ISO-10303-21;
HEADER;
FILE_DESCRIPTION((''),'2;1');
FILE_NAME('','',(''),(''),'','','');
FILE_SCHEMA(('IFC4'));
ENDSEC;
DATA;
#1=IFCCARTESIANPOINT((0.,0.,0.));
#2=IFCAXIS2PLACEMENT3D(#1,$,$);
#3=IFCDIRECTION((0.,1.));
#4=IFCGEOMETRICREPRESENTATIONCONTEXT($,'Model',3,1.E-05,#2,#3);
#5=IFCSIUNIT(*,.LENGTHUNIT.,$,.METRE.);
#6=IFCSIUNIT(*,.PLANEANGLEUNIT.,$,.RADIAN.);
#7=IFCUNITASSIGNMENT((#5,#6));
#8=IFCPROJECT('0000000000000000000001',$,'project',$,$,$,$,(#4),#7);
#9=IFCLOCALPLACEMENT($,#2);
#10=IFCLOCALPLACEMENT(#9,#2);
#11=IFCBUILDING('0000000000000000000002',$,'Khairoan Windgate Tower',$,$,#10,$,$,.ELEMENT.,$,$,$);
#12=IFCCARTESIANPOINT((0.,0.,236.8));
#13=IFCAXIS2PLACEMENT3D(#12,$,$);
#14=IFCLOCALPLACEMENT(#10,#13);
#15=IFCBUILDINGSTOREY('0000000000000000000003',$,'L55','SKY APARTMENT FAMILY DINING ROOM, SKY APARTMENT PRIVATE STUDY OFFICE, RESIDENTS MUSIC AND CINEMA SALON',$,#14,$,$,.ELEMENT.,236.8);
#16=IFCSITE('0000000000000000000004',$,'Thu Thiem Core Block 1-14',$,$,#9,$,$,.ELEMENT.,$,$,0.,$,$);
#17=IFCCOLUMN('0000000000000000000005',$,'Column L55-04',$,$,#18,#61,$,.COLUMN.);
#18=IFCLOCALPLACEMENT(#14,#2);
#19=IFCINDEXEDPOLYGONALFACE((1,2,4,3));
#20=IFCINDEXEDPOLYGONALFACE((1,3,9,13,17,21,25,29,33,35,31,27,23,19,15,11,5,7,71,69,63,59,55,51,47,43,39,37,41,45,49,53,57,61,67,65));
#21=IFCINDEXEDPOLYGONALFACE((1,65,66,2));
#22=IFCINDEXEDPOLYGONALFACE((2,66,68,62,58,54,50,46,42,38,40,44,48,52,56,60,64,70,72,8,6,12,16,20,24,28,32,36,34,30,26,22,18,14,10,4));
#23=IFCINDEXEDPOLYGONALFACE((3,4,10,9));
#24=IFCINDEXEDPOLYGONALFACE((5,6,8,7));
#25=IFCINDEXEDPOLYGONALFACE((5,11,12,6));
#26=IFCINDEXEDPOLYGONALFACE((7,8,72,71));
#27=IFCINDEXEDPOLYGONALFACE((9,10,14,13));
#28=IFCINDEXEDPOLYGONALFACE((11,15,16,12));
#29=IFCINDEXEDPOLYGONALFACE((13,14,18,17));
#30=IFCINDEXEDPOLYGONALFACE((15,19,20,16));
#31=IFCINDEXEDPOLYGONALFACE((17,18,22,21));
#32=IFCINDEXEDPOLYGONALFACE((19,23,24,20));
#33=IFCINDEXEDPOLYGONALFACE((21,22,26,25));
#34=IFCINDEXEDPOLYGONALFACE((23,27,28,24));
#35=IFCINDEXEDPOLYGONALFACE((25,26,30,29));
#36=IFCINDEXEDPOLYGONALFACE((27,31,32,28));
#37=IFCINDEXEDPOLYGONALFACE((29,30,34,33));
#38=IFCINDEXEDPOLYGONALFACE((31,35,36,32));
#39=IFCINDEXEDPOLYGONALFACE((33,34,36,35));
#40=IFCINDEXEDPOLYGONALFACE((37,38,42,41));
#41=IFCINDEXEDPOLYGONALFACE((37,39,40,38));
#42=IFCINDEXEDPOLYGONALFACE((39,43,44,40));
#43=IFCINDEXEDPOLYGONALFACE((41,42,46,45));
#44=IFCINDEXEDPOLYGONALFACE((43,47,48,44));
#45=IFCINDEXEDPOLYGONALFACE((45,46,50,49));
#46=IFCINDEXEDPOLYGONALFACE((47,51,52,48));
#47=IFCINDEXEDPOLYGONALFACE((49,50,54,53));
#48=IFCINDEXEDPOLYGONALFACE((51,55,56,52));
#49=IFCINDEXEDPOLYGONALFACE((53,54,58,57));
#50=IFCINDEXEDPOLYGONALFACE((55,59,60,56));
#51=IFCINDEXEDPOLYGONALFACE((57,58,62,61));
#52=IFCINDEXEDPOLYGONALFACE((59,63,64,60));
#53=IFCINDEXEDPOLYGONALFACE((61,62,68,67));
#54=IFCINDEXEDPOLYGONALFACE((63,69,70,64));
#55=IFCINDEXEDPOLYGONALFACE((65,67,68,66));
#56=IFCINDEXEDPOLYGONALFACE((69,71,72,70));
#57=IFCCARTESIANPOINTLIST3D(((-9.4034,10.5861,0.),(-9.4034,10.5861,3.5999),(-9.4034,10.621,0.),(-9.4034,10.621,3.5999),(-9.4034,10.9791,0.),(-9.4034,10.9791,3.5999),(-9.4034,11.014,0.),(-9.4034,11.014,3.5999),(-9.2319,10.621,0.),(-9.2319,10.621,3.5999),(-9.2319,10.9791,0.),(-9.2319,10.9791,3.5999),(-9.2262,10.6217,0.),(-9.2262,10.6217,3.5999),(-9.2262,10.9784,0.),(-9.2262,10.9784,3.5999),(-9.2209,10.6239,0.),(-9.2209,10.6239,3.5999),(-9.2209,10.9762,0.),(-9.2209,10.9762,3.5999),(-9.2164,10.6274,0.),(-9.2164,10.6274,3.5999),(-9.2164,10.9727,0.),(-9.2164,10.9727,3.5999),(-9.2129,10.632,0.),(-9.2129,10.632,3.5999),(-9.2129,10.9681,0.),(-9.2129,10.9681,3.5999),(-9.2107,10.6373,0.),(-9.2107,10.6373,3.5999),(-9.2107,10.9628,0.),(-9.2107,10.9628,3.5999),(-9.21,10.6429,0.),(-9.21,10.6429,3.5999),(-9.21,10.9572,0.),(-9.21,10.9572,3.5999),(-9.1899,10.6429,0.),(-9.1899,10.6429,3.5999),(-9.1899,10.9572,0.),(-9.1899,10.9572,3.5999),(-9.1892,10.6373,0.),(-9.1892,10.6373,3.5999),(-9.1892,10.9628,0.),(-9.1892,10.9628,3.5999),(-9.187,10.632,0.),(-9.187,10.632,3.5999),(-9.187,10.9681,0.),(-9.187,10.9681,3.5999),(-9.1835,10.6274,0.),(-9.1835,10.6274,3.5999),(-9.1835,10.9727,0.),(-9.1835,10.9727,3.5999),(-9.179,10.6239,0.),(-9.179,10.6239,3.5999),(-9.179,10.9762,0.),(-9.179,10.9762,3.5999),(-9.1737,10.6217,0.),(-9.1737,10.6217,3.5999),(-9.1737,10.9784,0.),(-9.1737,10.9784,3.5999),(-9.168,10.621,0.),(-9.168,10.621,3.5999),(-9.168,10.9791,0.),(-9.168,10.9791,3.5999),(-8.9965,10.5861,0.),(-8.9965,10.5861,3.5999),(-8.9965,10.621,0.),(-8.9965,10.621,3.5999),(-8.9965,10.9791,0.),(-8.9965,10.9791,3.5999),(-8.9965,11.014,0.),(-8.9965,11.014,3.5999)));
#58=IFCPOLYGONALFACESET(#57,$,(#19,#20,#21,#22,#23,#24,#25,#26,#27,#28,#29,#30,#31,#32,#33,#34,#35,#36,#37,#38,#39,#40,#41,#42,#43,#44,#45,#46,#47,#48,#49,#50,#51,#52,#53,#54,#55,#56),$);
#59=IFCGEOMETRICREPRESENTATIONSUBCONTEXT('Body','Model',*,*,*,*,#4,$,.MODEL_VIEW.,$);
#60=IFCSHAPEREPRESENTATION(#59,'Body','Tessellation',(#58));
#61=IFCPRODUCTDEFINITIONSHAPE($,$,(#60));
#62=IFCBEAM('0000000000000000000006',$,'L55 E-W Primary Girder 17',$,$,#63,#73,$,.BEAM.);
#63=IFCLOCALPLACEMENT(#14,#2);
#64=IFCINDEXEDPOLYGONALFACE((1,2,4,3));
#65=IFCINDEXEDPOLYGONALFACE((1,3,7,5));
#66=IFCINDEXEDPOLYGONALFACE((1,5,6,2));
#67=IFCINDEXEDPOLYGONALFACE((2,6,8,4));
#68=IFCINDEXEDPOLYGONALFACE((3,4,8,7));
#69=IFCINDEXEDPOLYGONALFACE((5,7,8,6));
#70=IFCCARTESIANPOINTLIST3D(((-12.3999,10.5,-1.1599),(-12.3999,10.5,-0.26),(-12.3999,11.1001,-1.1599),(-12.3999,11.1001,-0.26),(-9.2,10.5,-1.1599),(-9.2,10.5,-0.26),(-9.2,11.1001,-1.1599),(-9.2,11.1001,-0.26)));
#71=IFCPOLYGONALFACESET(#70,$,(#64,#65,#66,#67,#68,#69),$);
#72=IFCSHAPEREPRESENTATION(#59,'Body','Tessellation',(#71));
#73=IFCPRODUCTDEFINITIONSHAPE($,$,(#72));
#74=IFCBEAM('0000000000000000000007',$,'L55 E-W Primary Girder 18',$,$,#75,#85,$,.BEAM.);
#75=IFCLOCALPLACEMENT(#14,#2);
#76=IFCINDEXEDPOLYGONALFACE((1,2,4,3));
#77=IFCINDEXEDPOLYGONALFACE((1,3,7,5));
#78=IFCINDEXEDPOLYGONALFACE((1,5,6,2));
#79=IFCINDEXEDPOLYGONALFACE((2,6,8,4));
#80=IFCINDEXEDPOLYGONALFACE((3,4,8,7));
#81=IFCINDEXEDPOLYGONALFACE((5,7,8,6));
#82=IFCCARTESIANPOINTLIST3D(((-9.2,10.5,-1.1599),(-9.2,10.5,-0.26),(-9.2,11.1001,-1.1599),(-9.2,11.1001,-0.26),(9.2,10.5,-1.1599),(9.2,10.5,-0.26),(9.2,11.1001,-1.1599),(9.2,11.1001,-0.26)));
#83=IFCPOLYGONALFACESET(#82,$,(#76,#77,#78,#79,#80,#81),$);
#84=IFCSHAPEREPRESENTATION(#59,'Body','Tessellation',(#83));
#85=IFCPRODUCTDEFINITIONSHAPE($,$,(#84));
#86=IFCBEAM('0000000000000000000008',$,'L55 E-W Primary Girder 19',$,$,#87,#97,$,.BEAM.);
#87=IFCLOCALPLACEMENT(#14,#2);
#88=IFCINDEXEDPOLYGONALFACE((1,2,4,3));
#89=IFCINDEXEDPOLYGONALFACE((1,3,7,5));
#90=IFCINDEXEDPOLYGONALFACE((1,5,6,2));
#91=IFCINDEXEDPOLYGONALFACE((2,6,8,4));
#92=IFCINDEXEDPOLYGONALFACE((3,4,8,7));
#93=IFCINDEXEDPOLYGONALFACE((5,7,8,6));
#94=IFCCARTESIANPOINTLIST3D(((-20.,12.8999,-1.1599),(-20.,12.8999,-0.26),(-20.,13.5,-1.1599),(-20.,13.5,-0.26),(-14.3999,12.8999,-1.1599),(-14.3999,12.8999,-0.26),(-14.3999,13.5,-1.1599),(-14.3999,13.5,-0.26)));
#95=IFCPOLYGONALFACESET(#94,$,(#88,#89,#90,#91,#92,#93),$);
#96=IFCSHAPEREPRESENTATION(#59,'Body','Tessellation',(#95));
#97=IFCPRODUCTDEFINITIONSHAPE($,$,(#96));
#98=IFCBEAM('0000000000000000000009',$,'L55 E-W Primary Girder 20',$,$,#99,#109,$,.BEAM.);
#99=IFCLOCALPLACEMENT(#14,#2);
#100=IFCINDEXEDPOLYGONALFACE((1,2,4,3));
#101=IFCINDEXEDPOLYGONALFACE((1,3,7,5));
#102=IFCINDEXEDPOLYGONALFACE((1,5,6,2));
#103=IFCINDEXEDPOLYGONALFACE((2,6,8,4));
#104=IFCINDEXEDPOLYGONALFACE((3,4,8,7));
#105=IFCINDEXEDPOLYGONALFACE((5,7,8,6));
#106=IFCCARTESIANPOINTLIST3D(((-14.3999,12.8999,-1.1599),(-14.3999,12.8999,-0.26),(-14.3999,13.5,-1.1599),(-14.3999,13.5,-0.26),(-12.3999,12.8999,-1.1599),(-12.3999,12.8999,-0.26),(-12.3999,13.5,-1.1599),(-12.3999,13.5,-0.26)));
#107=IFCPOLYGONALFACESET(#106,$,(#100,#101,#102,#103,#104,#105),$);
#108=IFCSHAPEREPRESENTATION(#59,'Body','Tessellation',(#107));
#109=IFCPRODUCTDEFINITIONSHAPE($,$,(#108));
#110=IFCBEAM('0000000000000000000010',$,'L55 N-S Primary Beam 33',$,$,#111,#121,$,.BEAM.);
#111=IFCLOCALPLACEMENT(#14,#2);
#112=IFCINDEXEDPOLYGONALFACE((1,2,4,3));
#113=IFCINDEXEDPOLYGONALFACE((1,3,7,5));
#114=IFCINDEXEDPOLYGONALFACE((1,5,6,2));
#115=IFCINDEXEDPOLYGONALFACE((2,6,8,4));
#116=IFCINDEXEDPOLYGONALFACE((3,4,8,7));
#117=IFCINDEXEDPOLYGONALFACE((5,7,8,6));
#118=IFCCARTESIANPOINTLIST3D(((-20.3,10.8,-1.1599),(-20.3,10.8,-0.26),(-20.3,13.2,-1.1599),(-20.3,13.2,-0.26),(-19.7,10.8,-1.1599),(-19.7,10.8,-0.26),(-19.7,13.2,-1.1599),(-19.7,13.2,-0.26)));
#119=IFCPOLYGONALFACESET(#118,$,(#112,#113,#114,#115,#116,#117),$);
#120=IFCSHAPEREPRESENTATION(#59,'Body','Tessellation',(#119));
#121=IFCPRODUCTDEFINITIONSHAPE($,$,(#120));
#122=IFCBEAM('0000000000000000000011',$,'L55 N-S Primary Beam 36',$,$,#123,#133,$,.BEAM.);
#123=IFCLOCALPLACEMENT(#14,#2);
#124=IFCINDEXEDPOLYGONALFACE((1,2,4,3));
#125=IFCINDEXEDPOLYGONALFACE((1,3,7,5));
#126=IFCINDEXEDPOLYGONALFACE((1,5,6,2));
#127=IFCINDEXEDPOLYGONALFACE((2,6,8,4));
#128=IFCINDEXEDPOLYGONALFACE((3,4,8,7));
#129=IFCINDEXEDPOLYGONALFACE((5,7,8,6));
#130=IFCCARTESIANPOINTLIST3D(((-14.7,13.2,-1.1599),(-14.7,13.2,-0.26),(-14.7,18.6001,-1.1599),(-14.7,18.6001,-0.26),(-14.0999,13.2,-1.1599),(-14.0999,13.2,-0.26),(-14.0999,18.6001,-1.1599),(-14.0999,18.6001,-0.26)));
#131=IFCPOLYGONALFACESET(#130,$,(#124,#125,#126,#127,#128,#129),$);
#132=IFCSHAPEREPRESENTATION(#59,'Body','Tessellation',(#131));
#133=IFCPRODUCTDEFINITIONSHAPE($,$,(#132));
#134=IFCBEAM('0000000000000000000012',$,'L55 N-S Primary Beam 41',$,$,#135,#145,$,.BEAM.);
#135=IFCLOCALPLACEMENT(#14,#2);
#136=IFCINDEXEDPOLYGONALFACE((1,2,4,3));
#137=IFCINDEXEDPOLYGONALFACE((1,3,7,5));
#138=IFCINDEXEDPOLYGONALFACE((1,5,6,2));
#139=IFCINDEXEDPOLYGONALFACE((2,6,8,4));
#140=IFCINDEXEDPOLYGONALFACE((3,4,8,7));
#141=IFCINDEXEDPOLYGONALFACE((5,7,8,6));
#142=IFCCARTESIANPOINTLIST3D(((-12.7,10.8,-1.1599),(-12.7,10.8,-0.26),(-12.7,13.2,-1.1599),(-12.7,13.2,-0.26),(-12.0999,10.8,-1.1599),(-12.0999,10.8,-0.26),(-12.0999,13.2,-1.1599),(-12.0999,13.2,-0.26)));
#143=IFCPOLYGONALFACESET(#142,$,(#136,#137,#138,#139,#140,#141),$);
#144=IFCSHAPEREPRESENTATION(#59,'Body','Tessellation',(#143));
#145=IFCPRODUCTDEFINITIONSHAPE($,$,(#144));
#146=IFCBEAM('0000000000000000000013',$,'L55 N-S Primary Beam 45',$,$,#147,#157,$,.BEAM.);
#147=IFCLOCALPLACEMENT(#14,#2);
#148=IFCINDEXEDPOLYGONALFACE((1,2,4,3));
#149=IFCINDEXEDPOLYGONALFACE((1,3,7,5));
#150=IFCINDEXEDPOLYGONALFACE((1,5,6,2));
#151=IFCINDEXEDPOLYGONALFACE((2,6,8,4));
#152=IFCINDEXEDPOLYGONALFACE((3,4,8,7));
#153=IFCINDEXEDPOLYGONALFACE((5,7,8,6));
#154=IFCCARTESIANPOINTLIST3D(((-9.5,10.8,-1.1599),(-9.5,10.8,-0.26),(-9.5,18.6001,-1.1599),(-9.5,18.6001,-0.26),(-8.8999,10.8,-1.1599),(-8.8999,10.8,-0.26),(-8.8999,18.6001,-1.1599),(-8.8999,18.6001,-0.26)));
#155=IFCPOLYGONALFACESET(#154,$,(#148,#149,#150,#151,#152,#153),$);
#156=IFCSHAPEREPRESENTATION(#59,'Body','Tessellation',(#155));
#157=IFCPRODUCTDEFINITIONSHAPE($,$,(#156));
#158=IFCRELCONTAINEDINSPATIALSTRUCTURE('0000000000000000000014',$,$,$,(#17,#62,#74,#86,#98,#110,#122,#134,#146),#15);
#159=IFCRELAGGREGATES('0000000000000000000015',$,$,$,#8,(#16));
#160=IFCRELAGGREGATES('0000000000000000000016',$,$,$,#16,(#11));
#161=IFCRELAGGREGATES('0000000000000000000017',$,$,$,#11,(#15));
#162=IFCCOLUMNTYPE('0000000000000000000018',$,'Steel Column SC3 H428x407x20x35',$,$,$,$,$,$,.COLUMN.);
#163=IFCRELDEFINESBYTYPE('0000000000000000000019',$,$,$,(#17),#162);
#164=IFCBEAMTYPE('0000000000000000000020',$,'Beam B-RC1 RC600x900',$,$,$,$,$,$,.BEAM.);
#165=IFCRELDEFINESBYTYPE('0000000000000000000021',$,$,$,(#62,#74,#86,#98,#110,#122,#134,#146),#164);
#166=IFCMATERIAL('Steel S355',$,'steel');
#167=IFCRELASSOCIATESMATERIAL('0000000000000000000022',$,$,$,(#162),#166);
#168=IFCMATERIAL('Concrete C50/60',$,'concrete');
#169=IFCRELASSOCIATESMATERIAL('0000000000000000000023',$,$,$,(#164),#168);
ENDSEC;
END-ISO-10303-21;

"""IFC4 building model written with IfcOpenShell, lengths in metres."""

from ifc_helpers import new_model, si_unit, direction, frame, origin, origin_2d, place, context, subcontext, project, spatial, rectangle, i_section, extrude, material, material_profile, profile_set, type_object, element, save


model = new_model("IFC4")

# Units and contexts
model_context = context("Model", 3, precision=1e-05, world=origin(), true_north=direction((0.0, 1.0)))
body_context = subcontext(model_context, "Body", "Model", "MODEL_VIEW")
ifc_project = project(units=[si_unit("LENGTHUNIT", "METRE"), si_unit("PLANEANGLEUNIT", "RADIAN")], contexts=[model_context])

# Site, building, storey
site_placement = place(None, origin())
site = spatial("IfcSite", under=ifc_project, at=site_placement, Name="Thu Thiem Core Block 1-14", CompositionType="ELEMENT", RefElevation=0.0)
building_placement = place(site_placement, origin())
building = spatial("IfcBuilding", under=site, at=building_placement, Name="Khairoan Windgate Tower", CompositionType="ELEMENT")
storey_placement = place(building_placement, frame((0.0, 0.0, 236.8)))
storey = spatial("IfcBuildingStorey", under=building, at=storey_placement, Name="L55", Description="SKY APARTMENT FAMILY DINING ROOM, SKY APARTMENT PRIVATE STUDY OFFICE, RESIDENTS MUSIC AND CINEMA SALON", CompositionType="ELEMENT", Elevation=236.8)

# Column
ifc_material_1 = material(Name="Steel S355", Category="steel")
ifc_material_profile_1 = material_profile(ifc_material_1, i_section(OverallWidth=0.407, OverallDepth=0.428, WebThickness=0.02, FlangeThickness=0.0349, FilletRadius=0.022, at=origin_2d()))
ifc_profile_set_1 = profile_set([ifc_material_profile_1], Name="Steel S355")
column_type = type_object("IfcColumnType", Name="Steel Column SC3 H428x407x20x35", PredefinedType="COLUMN", material=ifc_profile_set_1)
column_placement = place(storey_placement, frame((-9.2, 10.8, 0.0), z_axis=(0.0, 0.0, 1.0), x_axis=(1.0, 0.0, 0.0)))
element("IfcColumn", 1, at=column_placement, inside=storey, type_object=column_type, Name="Column L55-04", PredefinedType="COLUMN", context=body_context, shape_type="SweptSolid", body=[
    extrude(i_section(OverallWidth=0.407, OverallDepth=0.428, WebThickness=0.02, FlangeThickness=0.0349, FilletRadius=0.022, at=origin_2d()), origin(), (0.0, 0.0, 1.0), 3.5999),
])

# Beams
ifc_material_2 = material(Name="Concrete C50/60", Category="concrete")
ifc_material_profile_2 = material_profile(ifc_material_2, rectangle(XDim=0.6001, YDim=0.8999, at=origin_2d()))
ifc_profile_set_2 = profile_set([ifc_material_profile_2], Name="Concrete C50/60")
beam_type_1 = type_object("IfcBeamType", Name="Beam B-RC1 RC600x900", PredefinedType="BEAM", material=ifc_profile_set_2)
beam_1_placement = place(storey_placement, frame((-12.3999, 10.8, -0.71), z_axis=(1.0, 0.0, 0.0), x_axis=(0.0, 1.0, 0.0)))
element("IfcBeam", 2, at=beam_1_placement, inside=storey, type_object=beam_type_1, Name="L55 E-W Primary Girder 17", PredefinedType="BEAM", context=body_context, shape_type="SweptSolid", body=[
    extrude(rectangle(XDim=0.6001, YDim=0.8999, at=origin_2d()), origin(), (0.0, 0.0, 1.0), 3.2),
])
beam_2_placement = place(storey_placement, frame((-9.2, 10.8, -0.71), z_axis=(1.0, 0.0, 0.0), x_axis=(0.0, 1.0, 0.0)))
element("IfcBeam", 3, at=beam_2_placement, inside=storey, type_object=beam_type_1, Name="L55 E-W Primary Girder 18", PredefinedType="BEAM", context=body_context, shape_type="SweptSolid", body=[
    extrude(rectangle(XDim=0.6001, YDim=0.8999, at=origin_2d()), origin(), (0.0, 0.0, 1.0), 18.3999),
])
beam_3_placement = place(storey_placement, frame((-20.0, 13.2, -0.71), z_axis=(1.0, 0.0, 0.0), x_axis=(0.0, 1.0, 0.0)))
element("IfcBeam", 4, at=beam_3_placement, inside=storey, type_object=beam_type_1, Name="L55 E-W Primary Girder 19", PredefinedType="BEAM", context=body_context, shape_type="SweptSolid", body=[
    extrude(rectangle(XDim=0.6001, YDim=0.8999, at=origin_2d()), origin(), (0.0, 0.0, 1.0), 5.6001),
])
beam_4_placement = place(storey_placement, frame((-14.3999, 13.2, -0.71), z_axis=(1.0, 0.0, 0.0), x_axis=(0.0, 1.0, 0.0)))
element("IfcBeam", 5, at=beam_4_placement, inside=storey, type_object=beam_type_1, Name="L55 E-W Primary Girder 20", PredefinedType="BEAM", context=body_context, shape_type="SweptSolid", body=[
    extrude(rectangle(XDim=0.6001, YDim=0.8999, at=origin_2d()), origin(), (0.0, 0.0, 1.0), 2.0),
])
beam_5_placement = place(storey_placement, frame((-20.0, 10.8, -0.71), z_axis=(0.0, 1.0, 0.0), x_axis=(-1.0, 0.0, 0.0)))
element("IfcBeam", 6, at=beam_5_placement, inside=storey, type_object=beam_type_1, Name="L55 N-S Primary Beam 33", PredefinedType="BEAM", context=body_context, shape_type="SweptSolid", body=[
    extrude(rectangle(XDim=0.6001, YDim=0.8999, at=origin_2d()), origin(), (0.0, 0.0, 1.0), 2.3999),
])
beam_6_placement = place(storey_placement, frame((-14.3999, 13.2, -0.71), z_axis=(0.0, 1.0, 0.0), x_axis=(-1.0, 0.0, 0.0)))
element("IfcBeam", 7, at=beam_6_placement, inside=storey, type_object=beam_type_1, Name="L55 N-S Primary Beam 36", PredefinedType="BEAM", context=body_context, shape_type="SweptSolid", body=[
    extrude(rectangle(XDim=0.6001, YDim=0.8999, at=origin_2d()), origin(), (0.0, 0.0, 1.0), 5.4001),
])
beam_7_placement = place(storey_placement, frame((-12.3999, 10.8, -0.71), z_axis=(0.0, 1.0, 0.0), x_axis=(-1.0, 0.0, 0.0)))
element("IfcBeam", 8, at=beam_7_placement, inside=storey, type_object=beam_type_1, Name="L55 N-S Primary Beam 41", PredefinedType="BEAM", context=body_context, shape_type="SweptSolid", body=[
    extrude(rectangle(XDim=0.6001, YDim=0.8999, at=origin_2d()), origin(), (0.0, 0.0, 1.0), 2.3999),
])
beam_8_placement = place(storey_placement, frame((-9.2, 10.8, -0.71), z_axis=(0.0, 1.0, 0.0), x_axis=(-1.0, 0.0, 0.0)))
element("IfcBeam", 9, at=beam_8_placement, inside=storey, type_object=beam_type_1, Name="L55 N-S Primary Beam 45", PredefinedType="BEAM", context=body_context, shape_type="SweptSolid", body=[
    extrude(rectangle(XDim=0.6001, YDim=0.8999, at=origin_2d()), origin(), (0.0, 0.0, 1.0), 7.8),
])

save(model, "model.ifc")
